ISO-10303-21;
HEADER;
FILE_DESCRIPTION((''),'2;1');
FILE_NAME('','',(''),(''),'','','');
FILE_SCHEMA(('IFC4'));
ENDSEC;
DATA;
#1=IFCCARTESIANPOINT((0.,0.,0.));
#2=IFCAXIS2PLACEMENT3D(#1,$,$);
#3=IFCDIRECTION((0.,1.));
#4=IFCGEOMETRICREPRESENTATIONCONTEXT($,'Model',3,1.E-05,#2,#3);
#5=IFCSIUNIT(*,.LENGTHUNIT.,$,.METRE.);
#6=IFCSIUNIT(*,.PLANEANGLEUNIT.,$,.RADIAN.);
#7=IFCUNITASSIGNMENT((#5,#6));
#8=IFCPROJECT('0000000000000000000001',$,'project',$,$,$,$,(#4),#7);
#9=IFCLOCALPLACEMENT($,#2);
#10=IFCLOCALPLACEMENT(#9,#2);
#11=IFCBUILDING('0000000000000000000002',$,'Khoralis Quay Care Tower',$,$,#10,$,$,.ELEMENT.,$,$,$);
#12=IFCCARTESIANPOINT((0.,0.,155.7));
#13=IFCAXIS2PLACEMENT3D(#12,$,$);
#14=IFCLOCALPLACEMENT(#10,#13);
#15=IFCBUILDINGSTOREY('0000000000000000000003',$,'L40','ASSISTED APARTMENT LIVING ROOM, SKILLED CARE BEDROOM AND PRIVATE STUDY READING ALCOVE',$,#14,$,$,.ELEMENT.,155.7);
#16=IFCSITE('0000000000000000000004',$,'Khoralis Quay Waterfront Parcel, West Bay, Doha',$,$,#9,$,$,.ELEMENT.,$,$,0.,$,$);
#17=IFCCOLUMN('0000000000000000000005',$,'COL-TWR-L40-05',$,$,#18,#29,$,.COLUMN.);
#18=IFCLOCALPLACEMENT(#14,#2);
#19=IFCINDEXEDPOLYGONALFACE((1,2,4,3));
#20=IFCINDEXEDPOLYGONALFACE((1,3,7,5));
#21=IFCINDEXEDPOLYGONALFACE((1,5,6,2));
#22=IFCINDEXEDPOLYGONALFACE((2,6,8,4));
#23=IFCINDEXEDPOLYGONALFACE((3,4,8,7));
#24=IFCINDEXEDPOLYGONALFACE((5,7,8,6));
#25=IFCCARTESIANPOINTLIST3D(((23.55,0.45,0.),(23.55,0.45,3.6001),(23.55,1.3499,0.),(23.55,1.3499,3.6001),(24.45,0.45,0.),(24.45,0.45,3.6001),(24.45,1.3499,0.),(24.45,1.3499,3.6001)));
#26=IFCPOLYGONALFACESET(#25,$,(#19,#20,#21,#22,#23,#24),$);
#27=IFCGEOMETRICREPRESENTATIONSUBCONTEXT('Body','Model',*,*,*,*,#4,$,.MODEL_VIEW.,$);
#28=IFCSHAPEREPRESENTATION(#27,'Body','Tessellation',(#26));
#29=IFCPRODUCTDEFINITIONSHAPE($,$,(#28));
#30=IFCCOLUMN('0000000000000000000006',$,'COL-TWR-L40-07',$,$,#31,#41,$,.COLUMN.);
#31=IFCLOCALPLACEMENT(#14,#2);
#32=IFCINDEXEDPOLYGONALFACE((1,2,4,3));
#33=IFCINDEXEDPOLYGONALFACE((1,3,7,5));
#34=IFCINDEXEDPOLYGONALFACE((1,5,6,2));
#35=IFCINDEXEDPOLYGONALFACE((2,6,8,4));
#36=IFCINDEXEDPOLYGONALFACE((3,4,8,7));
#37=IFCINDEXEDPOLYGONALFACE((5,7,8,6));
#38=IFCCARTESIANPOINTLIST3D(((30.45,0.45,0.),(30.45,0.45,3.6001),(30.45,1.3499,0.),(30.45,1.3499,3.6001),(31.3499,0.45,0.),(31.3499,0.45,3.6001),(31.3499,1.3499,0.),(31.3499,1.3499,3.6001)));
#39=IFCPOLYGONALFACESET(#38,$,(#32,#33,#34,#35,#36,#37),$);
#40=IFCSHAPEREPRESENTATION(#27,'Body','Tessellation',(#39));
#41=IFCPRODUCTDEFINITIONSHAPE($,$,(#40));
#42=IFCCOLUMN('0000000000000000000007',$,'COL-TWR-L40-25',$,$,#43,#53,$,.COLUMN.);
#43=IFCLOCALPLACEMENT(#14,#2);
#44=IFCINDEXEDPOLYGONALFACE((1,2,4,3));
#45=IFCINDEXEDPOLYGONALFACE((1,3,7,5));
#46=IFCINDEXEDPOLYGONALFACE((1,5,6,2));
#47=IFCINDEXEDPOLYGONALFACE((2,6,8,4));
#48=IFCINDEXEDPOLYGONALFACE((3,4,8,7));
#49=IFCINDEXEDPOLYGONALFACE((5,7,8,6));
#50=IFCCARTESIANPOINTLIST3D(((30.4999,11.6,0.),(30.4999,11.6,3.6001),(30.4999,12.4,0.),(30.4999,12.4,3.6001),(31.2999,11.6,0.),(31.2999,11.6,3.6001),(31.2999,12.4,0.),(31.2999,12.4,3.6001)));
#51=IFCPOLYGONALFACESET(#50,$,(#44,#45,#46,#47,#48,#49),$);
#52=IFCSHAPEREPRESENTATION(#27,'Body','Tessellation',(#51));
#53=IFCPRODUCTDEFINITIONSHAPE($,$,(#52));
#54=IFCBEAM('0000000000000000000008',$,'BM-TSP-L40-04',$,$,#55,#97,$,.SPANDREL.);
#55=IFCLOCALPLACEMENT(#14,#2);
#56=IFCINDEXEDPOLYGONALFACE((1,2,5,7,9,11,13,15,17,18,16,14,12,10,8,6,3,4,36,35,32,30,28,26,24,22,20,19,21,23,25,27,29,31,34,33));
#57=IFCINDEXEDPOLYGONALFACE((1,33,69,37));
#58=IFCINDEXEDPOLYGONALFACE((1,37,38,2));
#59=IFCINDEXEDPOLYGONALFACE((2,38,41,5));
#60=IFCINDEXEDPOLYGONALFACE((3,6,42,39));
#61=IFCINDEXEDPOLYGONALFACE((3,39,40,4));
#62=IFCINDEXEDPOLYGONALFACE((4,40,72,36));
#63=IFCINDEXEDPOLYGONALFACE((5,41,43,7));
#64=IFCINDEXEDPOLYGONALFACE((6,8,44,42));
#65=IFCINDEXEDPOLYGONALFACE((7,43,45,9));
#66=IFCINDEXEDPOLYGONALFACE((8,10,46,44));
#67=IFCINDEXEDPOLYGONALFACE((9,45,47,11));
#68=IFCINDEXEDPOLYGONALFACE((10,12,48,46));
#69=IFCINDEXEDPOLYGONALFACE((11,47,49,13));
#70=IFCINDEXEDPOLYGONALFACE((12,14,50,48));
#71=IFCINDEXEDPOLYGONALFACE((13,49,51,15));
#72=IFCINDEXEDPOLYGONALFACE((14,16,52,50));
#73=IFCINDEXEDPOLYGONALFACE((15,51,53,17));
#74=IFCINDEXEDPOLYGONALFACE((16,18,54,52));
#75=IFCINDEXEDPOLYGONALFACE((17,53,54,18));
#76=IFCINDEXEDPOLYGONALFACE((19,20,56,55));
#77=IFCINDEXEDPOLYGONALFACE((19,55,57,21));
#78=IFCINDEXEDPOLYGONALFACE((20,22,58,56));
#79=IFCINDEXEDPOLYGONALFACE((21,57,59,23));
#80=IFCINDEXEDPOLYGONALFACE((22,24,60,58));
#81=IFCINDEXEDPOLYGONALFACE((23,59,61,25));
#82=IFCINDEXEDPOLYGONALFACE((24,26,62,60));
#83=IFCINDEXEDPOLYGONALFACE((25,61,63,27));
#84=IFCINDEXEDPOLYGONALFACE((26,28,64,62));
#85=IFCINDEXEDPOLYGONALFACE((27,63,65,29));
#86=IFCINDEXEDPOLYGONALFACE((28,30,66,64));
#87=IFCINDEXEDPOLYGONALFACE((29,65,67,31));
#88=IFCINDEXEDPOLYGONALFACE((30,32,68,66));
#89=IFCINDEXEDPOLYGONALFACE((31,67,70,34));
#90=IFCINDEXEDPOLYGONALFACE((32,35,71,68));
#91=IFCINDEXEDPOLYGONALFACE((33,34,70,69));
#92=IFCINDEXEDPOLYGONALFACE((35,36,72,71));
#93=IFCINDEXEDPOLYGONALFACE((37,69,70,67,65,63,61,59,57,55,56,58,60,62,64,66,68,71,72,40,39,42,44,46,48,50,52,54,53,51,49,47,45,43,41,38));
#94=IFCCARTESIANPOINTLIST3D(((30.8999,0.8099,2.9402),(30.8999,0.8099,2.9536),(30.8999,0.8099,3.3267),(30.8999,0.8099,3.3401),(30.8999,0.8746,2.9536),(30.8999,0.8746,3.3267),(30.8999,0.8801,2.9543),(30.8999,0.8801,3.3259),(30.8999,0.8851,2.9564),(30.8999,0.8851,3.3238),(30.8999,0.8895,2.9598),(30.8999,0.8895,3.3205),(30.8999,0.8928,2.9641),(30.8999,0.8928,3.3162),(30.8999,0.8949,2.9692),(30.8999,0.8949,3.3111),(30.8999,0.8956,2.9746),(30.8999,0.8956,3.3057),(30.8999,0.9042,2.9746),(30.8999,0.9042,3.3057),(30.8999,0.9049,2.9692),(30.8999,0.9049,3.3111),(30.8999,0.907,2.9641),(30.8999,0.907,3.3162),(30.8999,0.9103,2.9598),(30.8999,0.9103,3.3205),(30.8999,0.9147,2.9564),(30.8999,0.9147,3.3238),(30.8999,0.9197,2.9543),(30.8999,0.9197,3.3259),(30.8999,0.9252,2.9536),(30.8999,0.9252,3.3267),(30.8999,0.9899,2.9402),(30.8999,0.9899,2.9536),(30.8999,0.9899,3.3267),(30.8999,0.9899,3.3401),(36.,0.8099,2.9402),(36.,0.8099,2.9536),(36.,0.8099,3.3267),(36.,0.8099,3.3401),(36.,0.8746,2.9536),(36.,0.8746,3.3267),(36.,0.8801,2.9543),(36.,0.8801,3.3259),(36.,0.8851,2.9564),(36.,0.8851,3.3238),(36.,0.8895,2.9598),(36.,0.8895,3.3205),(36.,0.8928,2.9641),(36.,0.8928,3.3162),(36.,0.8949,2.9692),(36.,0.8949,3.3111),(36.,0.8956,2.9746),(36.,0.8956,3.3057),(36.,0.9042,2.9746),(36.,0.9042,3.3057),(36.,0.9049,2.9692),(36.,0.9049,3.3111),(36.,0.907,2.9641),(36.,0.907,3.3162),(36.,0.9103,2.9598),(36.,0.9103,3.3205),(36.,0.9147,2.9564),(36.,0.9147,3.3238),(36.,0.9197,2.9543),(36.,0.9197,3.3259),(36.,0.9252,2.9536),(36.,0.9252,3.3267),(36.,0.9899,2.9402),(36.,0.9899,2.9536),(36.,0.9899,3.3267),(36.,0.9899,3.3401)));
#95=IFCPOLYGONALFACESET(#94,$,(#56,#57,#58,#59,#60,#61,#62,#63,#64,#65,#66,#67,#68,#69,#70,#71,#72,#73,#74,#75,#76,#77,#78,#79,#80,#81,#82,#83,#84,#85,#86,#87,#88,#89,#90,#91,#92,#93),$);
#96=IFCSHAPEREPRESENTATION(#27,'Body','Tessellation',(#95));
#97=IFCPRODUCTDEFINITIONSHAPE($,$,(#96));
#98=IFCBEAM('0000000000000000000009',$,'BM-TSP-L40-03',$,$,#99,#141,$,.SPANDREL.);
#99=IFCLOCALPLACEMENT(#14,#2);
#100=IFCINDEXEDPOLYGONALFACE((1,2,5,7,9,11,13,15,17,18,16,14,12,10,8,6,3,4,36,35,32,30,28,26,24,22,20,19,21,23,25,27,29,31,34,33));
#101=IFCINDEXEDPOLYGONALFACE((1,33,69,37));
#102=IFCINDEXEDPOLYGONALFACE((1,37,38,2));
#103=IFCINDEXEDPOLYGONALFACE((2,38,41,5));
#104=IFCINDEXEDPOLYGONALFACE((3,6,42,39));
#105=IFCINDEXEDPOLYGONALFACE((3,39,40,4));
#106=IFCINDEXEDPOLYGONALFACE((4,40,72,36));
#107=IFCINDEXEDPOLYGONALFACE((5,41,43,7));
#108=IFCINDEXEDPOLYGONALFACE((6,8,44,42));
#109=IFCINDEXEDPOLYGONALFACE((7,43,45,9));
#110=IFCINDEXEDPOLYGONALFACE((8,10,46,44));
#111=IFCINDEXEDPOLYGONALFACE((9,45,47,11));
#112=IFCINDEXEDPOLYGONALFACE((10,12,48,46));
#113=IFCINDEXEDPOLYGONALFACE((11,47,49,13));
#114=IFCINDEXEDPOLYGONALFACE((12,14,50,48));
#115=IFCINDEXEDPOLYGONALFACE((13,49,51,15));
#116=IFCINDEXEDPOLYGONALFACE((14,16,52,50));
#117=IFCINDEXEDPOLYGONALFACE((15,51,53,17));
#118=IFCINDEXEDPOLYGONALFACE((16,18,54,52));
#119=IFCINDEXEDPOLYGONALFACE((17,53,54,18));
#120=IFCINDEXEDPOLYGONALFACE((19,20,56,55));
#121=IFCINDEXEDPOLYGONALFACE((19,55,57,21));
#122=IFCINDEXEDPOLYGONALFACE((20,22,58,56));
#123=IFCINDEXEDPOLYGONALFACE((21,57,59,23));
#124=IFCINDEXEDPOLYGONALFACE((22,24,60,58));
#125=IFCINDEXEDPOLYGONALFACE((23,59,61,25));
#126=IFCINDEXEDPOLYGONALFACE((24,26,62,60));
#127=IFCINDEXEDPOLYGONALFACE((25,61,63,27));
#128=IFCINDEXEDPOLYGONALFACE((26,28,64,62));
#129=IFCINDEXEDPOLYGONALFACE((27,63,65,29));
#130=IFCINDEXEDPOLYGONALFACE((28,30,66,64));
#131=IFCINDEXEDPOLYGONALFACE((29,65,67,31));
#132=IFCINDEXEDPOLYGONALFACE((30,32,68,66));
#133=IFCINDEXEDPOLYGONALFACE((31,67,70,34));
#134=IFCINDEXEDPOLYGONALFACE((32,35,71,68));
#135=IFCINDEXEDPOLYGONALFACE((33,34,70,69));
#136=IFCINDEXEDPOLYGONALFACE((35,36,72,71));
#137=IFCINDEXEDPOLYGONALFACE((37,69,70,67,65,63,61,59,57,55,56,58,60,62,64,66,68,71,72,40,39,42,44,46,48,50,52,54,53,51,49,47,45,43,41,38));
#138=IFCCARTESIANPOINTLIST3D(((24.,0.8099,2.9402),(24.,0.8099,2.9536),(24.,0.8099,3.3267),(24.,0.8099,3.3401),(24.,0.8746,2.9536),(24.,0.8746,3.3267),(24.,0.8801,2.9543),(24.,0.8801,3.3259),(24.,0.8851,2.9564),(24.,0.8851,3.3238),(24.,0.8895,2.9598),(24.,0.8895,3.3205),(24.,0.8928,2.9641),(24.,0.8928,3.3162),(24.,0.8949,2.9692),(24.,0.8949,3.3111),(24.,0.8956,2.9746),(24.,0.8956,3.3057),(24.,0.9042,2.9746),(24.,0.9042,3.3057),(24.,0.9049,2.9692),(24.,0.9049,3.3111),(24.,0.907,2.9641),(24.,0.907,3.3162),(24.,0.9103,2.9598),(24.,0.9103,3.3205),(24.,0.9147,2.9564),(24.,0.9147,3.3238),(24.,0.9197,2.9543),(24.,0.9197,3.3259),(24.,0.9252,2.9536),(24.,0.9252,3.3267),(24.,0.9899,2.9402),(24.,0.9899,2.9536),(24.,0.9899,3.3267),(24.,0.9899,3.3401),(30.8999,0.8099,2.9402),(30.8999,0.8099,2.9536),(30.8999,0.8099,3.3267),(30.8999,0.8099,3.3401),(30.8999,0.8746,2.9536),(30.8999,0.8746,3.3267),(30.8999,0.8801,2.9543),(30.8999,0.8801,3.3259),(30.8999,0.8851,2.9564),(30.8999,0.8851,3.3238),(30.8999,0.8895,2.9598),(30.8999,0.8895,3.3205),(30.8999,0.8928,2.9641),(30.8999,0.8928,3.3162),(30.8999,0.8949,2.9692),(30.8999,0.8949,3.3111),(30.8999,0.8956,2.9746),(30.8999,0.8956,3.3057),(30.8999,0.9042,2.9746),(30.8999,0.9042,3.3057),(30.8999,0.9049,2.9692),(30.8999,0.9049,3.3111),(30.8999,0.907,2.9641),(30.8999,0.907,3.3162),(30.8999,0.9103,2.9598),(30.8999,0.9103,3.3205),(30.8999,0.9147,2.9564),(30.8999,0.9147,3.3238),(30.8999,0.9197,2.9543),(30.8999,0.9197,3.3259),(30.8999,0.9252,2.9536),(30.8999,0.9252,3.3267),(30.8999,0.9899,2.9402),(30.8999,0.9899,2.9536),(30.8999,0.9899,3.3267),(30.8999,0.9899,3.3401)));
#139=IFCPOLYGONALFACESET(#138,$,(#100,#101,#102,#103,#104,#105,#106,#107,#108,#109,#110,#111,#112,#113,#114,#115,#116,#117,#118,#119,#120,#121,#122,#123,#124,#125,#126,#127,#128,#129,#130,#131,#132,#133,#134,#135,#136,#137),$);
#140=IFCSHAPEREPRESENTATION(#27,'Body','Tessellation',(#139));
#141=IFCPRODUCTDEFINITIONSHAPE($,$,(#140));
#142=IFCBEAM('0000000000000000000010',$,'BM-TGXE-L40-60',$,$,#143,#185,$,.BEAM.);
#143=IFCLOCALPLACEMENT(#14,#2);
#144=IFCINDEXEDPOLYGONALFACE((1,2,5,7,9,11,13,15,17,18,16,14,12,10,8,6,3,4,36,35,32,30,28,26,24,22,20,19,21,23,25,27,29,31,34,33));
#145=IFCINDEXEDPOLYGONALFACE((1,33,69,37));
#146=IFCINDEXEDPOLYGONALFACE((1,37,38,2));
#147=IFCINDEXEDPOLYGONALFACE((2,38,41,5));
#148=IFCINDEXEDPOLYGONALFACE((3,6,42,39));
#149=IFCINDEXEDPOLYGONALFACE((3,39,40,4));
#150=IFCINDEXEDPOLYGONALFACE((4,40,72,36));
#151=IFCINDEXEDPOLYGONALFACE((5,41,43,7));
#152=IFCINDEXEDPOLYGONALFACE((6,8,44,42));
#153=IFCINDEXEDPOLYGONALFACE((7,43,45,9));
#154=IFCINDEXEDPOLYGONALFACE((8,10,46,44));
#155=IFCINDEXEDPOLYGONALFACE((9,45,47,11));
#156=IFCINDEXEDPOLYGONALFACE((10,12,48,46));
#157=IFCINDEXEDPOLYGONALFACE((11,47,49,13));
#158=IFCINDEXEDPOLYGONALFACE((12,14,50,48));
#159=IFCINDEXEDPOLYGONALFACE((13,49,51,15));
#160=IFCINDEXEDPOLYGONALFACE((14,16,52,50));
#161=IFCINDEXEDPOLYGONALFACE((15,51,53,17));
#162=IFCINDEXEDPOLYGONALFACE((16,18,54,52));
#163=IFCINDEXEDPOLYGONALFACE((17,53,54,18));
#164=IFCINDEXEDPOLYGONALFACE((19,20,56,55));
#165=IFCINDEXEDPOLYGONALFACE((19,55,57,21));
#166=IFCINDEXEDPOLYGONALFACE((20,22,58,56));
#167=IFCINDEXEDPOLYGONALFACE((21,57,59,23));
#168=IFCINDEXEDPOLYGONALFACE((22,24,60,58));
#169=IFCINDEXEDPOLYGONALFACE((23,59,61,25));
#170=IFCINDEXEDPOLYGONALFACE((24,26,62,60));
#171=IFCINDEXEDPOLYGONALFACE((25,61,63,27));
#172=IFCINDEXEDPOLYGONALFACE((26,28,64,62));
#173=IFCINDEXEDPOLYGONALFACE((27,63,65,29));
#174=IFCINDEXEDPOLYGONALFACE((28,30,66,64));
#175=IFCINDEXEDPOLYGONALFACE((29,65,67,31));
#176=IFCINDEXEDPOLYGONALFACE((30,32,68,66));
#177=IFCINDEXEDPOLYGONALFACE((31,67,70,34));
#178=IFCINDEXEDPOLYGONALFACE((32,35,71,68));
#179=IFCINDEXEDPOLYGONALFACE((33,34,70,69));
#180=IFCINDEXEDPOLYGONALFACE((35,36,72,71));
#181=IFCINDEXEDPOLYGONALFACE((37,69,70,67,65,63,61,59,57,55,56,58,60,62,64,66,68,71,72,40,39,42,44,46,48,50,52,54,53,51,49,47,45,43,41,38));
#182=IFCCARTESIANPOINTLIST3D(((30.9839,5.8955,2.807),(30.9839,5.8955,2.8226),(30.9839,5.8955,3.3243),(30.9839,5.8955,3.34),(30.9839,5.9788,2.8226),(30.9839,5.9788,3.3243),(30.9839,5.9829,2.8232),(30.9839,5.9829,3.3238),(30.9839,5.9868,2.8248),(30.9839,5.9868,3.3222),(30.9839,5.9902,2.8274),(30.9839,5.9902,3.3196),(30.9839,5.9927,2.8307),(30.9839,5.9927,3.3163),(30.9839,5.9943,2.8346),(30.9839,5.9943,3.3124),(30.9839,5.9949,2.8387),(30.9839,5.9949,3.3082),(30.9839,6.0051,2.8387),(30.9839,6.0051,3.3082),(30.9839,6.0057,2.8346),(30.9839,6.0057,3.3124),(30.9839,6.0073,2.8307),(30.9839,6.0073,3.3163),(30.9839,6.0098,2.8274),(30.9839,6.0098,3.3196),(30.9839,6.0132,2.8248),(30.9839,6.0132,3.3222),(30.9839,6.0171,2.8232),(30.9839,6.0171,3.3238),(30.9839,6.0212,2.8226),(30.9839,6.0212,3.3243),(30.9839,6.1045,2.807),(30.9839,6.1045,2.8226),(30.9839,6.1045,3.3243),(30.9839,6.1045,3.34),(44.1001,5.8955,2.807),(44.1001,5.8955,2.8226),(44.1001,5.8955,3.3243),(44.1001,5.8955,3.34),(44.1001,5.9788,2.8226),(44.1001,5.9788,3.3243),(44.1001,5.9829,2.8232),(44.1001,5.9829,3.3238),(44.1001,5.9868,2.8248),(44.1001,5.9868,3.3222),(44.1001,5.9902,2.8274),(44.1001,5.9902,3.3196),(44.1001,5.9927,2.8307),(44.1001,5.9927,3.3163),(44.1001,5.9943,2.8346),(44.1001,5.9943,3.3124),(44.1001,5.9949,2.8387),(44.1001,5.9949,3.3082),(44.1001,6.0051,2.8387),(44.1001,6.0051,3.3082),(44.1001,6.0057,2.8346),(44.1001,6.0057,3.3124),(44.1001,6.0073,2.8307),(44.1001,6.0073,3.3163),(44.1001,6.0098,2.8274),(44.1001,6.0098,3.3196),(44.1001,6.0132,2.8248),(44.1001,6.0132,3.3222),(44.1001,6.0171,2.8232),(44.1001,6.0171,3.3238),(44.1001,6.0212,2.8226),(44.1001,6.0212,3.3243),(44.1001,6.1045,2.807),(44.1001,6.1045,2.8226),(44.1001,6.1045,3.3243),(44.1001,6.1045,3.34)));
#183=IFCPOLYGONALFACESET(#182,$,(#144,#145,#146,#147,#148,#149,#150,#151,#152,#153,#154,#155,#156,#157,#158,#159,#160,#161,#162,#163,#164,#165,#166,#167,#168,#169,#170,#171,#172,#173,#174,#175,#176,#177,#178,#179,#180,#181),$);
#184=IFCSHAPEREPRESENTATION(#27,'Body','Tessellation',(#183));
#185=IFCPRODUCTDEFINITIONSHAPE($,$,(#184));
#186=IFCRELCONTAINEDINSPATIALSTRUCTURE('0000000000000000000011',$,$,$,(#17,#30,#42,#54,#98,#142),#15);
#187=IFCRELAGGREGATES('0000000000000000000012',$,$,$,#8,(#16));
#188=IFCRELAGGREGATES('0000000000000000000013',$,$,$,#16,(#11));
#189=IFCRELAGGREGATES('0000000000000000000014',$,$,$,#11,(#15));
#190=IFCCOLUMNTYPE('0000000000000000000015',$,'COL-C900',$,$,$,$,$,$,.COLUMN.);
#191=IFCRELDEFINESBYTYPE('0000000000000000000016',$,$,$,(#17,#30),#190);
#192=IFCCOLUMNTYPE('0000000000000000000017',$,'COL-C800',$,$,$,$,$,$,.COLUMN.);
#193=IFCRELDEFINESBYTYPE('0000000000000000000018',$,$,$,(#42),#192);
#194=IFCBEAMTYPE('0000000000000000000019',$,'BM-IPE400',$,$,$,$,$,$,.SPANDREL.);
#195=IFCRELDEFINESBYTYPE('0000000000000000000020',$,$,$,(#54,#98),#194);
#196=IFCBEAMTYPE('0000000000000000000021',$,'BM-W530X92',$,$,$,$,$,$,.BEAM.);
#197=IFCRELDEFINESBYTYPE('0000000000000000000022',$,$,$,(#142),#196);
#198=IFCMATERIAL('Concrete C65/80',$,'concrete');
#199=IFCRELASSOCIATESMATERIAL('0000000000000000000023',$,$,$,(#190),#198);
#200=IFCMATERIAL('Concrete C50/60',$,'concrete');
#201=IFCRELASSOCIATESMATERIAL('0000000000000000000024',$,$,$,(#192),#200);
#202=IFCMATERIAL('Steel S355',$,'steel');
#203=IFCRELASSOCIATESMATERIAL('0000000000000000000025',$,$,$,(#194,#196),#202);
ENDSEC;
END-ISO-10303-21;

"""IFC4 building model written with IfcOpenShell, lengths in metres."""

from ifc_helpers import new_model, si_unit, direction, frame, origin, origin_2d, place, context, subcontext, project, spatial, rectangle, i_section, extrude, source, transform, mapped, material, material_profile, profile_set, type_object, element, save


model = new_model("IFC4")

# Units and contexts
model_context = context("Model", 3, precision=1e-05, world=origin(), true_north=direction((0.0, 1.0)))
body_context = subcontext(model_context, "Body", "Model", "MODEL_VIEW")
ifc_project = project(units=[si_unit("LENGTHUNIT", "METRE"), si_unit("PLANEANGLEUNIT", "RADIAN")], contexts=[model_context])

# Site, building, storey
site_placement = place(None, origin())
site = spatial("IfcSite", under=ifc_project, at=site_placement, Name="Khoralis Quay Waterfront Parcel, West Bay, Doha", CompositionType="ELEMENT", RefElevation=0.0)
building_placement = place(site_placement, origin())
building = spatial("IfcBuilding", under=site, at=building_placement, Name="Khoralis Quay Care Tower", CompositionType="ELEMENT")
storey_placement = place(building_placement, frame((0.0, 0.0, 155.7)))
storey = spatial("IfcBuildingStorey", under=building, at=storey_placement, Name="L40", Description="ASSISTED APARTMENT LIVING ROOM, SKILLED CARE BEDROOM AND PRIVATE STUDY READING ALCOVE", CompositionType="ELEMENT", Elevation=155.7)

# Columns
ifc_material_1 = material(Name="Concrete C65/80", Category="concrete")
ifc_material_profile_1 = material_profile(ifc_material_1, rectangle(XDim=0.8999, YDim=0.8999, at=origin_2d()), Name="Concrete C65/80")
ifc_profile_set_1 = profile_set([ifc_material_profile_1], Name="Concrete C65/80")
column_type_1 = type_object("IfcColumnType", Name="COL-C900", PredefinedType="COLUMN", material=ifc_profile_set_1)
shared_shape_1 = source(origin(), body_context, "Body", "SweptSolid", [
    extrude(rectangle(XDim=0.8999, YDim=0.8999, at=origin_2d()), origin(), (0.0, 0.0, 1.0), 3.6001),
])
for number, where, z_axis, x_axis, name in (
    (1, (24.0, 0.8999, 0.0), (0.0, 0.0, 1.0), (1.0, 0.0, 0.0), "COL-TWR-L40-05"),
    (2, (30.8999, 0.8999, 0.0), (0.0, 0.0, 1.0), (1.0, 0.0, 0.0), "COL-TWR-L40-07"),
):
    element("IfcColumn", number, at=place(storey_placement, frame(where, z_axis=z_axis, x_axis=x_axis)), inside=storey, type_object=column_type_1, Name=name, PredefinedType="COLUMN", context=body_context, shape_type="MappedRepresentation", body=[
        mapped(shared_shape_1, transform((0.0, 0.0, 0.0), scale=1.0)),
    ])
ifc_material_2 = material(Name="Concrete C50/60", Category="concrete")
ifc_material_profile_2 = material_profile(ifc_material_2, rectangle(XDim=0.8, YDim=0.8, at=origin_2d()), Name="Concrete C50/60")
ifc_profile_set_2 = profile_set([ifc_material_profile_2], Name="Concrete C50/60")
column_type_2 = type_object("IfcColumnType", Name="COL-C800", PredefinedType="COLUMN", material=ifc_profile_set_2)
shared_shape_2 = source(origin(), body_context, "Body", "SweptSolid", [
    extrude(rectangle(XDim=0.8, YDim=0.8, at=origin_2d()), origin(), (0.0, 0.0, 1.0), 3.6001),
])
column_placement = place(storey_placement, frame((30.8999, 12.0, 0.0), z_axis=(0.0, 0.0, 1.0), x_axis=(1.0, 0.0, 0.0)))
element("IfcColumn", 3, at=column_placement, inside=storey, type_object=column_type_2, Name="COL-TWR-L40-25", PredefinedType="COLUMN", context=body_context, shape_type="MappedRepresentation", body=[
    mapped(shared_shape_2, transform((0.0, 0.0, 0.0), scale=1.0)),
])

# Beams
ifc_material_3 = material(Name="Steel S355", Category="steel")
ifc_material_profile_3 = material_profile(ifc_material_3, i_section(OverallWidth=0.1799, OverallDepth=0.3999, WebThickness=0.0085, FlangeThickness=0.0134, FilletRadius=0.021, at=origin_2d()), Name="Steel S355")
ifc_profile_set_3 = profile_set([ifc_material_profile_3], Name="Steel S355")
beam_type_1 = type_object("IfcBeamType", Name="BM-IPE400", PredefinedType="SPANDREL", material=ifc_profile_set_3)
shared_shape_3 = source(origin(), body_context, "Body", "SweptSolid", [
    extrude(i_section(OverallWidth=0.1799, OverallDepth=0.3999, WebThickness=0.0085, FlangeThickness=0.0134, FilletRadius=0.021, at=origin_2d()), origin(), (0.0, 0.0, 1.0), 5.1001),
])
beam_1_placement = place(storey_placement, frame((30.8999, 0.8999, 3.1401), z_axis=(1.0, 0.0, 0.0), x_axis=(0.0, 1.0, 0.0)))
element("IfcBeam", 4, at=beam_1_placement, inside=storey, type_object=beam_type_1, Name="BM-TSP-L40-04", PredefinedType="SPANDREL", context=body_context, shape_type="MappedRepresentation", body=[
    mapped(shared_shape_3, transform((0.0, 0.0, 0.0), scale=1.0)),
])
shared_shape_4 = source(origin(), body_context, "Body", "SweptSolid", [
    extrude(i_section(OverallWidth=0.1799, OverallDepth=0.3999, WebThickness=0.0085, FlangeThickness=0.0134, FilletRadius=0.021, at=origin_2d()), origin(), (0.0, 0.0, 1.0), 6.8999),
])
beam_2_placement = place(storey_placement, frame((24.0, 0.8999, 3.1401), z_axis=(1.0, 0.0, 0.0), x_axis=(0.0, 1.0, 0.0)))
element("IfcBeam", 5, at=beam_2_placement, inside=storey, type_object=beam_type_1, Name="BM-TSP-L40-03", PredefinedType="SPANDREL", context=body_context, shape_type="MappedRepresentation", body=[
    mapped(shared_shape_4, transform((0.0, 0.0, 0.0), scale=1.0)),
])
ifc_material_profile_4 = material_profile(ifc_material_3, i_section(OverallWidth=0.209, OverallDepth=0.533, WebThickness=0.0103, FlangeThickness=0.0156, FilletRadius=0.0161, at=origin_2d()), Name="Steel S355")
ifc_profile_set_4 = profile_set([ifc_material_profile_4], Name="Steel S355")
beam_type_2 = type_object("IfcBeamType", Name="BM-W530X92", PredefinedType="BEAM", material=ifc_profile_set_4)
shared_shape_5 = source(origin(), body_context, "Body", "SweptSolid", [
    extrude(i_section(OverallWidth=0.209, OverallDepth=0.533, WebThickness=0.0103, FlangeThickness=0.0156, FilletRadius=0.0161, at=origin_2d()), origin(), (0.0, 0.0, 1.0), 13.1162),
])
beam_3_placement = place(storey_placement, frame((30.9839, 6.0, 3.0735), z_axis=(1.0, 0.0, 0.0), x_axis=(0.0, 1.0, 0.0)))
element("IfcBeam", 6, at=beam_3_placement, inside=storey, type_object=beam_type_2, Name="BM-TGXE-L40-60", PredefinedType="BEAM", context=body_context, shape_type="MappedRepresentation", body=[
    mapped(shared_shape_5, transform((0.0, 0.0, 0.0), scale=1.0)),
])

save(model, "model.ifc")
